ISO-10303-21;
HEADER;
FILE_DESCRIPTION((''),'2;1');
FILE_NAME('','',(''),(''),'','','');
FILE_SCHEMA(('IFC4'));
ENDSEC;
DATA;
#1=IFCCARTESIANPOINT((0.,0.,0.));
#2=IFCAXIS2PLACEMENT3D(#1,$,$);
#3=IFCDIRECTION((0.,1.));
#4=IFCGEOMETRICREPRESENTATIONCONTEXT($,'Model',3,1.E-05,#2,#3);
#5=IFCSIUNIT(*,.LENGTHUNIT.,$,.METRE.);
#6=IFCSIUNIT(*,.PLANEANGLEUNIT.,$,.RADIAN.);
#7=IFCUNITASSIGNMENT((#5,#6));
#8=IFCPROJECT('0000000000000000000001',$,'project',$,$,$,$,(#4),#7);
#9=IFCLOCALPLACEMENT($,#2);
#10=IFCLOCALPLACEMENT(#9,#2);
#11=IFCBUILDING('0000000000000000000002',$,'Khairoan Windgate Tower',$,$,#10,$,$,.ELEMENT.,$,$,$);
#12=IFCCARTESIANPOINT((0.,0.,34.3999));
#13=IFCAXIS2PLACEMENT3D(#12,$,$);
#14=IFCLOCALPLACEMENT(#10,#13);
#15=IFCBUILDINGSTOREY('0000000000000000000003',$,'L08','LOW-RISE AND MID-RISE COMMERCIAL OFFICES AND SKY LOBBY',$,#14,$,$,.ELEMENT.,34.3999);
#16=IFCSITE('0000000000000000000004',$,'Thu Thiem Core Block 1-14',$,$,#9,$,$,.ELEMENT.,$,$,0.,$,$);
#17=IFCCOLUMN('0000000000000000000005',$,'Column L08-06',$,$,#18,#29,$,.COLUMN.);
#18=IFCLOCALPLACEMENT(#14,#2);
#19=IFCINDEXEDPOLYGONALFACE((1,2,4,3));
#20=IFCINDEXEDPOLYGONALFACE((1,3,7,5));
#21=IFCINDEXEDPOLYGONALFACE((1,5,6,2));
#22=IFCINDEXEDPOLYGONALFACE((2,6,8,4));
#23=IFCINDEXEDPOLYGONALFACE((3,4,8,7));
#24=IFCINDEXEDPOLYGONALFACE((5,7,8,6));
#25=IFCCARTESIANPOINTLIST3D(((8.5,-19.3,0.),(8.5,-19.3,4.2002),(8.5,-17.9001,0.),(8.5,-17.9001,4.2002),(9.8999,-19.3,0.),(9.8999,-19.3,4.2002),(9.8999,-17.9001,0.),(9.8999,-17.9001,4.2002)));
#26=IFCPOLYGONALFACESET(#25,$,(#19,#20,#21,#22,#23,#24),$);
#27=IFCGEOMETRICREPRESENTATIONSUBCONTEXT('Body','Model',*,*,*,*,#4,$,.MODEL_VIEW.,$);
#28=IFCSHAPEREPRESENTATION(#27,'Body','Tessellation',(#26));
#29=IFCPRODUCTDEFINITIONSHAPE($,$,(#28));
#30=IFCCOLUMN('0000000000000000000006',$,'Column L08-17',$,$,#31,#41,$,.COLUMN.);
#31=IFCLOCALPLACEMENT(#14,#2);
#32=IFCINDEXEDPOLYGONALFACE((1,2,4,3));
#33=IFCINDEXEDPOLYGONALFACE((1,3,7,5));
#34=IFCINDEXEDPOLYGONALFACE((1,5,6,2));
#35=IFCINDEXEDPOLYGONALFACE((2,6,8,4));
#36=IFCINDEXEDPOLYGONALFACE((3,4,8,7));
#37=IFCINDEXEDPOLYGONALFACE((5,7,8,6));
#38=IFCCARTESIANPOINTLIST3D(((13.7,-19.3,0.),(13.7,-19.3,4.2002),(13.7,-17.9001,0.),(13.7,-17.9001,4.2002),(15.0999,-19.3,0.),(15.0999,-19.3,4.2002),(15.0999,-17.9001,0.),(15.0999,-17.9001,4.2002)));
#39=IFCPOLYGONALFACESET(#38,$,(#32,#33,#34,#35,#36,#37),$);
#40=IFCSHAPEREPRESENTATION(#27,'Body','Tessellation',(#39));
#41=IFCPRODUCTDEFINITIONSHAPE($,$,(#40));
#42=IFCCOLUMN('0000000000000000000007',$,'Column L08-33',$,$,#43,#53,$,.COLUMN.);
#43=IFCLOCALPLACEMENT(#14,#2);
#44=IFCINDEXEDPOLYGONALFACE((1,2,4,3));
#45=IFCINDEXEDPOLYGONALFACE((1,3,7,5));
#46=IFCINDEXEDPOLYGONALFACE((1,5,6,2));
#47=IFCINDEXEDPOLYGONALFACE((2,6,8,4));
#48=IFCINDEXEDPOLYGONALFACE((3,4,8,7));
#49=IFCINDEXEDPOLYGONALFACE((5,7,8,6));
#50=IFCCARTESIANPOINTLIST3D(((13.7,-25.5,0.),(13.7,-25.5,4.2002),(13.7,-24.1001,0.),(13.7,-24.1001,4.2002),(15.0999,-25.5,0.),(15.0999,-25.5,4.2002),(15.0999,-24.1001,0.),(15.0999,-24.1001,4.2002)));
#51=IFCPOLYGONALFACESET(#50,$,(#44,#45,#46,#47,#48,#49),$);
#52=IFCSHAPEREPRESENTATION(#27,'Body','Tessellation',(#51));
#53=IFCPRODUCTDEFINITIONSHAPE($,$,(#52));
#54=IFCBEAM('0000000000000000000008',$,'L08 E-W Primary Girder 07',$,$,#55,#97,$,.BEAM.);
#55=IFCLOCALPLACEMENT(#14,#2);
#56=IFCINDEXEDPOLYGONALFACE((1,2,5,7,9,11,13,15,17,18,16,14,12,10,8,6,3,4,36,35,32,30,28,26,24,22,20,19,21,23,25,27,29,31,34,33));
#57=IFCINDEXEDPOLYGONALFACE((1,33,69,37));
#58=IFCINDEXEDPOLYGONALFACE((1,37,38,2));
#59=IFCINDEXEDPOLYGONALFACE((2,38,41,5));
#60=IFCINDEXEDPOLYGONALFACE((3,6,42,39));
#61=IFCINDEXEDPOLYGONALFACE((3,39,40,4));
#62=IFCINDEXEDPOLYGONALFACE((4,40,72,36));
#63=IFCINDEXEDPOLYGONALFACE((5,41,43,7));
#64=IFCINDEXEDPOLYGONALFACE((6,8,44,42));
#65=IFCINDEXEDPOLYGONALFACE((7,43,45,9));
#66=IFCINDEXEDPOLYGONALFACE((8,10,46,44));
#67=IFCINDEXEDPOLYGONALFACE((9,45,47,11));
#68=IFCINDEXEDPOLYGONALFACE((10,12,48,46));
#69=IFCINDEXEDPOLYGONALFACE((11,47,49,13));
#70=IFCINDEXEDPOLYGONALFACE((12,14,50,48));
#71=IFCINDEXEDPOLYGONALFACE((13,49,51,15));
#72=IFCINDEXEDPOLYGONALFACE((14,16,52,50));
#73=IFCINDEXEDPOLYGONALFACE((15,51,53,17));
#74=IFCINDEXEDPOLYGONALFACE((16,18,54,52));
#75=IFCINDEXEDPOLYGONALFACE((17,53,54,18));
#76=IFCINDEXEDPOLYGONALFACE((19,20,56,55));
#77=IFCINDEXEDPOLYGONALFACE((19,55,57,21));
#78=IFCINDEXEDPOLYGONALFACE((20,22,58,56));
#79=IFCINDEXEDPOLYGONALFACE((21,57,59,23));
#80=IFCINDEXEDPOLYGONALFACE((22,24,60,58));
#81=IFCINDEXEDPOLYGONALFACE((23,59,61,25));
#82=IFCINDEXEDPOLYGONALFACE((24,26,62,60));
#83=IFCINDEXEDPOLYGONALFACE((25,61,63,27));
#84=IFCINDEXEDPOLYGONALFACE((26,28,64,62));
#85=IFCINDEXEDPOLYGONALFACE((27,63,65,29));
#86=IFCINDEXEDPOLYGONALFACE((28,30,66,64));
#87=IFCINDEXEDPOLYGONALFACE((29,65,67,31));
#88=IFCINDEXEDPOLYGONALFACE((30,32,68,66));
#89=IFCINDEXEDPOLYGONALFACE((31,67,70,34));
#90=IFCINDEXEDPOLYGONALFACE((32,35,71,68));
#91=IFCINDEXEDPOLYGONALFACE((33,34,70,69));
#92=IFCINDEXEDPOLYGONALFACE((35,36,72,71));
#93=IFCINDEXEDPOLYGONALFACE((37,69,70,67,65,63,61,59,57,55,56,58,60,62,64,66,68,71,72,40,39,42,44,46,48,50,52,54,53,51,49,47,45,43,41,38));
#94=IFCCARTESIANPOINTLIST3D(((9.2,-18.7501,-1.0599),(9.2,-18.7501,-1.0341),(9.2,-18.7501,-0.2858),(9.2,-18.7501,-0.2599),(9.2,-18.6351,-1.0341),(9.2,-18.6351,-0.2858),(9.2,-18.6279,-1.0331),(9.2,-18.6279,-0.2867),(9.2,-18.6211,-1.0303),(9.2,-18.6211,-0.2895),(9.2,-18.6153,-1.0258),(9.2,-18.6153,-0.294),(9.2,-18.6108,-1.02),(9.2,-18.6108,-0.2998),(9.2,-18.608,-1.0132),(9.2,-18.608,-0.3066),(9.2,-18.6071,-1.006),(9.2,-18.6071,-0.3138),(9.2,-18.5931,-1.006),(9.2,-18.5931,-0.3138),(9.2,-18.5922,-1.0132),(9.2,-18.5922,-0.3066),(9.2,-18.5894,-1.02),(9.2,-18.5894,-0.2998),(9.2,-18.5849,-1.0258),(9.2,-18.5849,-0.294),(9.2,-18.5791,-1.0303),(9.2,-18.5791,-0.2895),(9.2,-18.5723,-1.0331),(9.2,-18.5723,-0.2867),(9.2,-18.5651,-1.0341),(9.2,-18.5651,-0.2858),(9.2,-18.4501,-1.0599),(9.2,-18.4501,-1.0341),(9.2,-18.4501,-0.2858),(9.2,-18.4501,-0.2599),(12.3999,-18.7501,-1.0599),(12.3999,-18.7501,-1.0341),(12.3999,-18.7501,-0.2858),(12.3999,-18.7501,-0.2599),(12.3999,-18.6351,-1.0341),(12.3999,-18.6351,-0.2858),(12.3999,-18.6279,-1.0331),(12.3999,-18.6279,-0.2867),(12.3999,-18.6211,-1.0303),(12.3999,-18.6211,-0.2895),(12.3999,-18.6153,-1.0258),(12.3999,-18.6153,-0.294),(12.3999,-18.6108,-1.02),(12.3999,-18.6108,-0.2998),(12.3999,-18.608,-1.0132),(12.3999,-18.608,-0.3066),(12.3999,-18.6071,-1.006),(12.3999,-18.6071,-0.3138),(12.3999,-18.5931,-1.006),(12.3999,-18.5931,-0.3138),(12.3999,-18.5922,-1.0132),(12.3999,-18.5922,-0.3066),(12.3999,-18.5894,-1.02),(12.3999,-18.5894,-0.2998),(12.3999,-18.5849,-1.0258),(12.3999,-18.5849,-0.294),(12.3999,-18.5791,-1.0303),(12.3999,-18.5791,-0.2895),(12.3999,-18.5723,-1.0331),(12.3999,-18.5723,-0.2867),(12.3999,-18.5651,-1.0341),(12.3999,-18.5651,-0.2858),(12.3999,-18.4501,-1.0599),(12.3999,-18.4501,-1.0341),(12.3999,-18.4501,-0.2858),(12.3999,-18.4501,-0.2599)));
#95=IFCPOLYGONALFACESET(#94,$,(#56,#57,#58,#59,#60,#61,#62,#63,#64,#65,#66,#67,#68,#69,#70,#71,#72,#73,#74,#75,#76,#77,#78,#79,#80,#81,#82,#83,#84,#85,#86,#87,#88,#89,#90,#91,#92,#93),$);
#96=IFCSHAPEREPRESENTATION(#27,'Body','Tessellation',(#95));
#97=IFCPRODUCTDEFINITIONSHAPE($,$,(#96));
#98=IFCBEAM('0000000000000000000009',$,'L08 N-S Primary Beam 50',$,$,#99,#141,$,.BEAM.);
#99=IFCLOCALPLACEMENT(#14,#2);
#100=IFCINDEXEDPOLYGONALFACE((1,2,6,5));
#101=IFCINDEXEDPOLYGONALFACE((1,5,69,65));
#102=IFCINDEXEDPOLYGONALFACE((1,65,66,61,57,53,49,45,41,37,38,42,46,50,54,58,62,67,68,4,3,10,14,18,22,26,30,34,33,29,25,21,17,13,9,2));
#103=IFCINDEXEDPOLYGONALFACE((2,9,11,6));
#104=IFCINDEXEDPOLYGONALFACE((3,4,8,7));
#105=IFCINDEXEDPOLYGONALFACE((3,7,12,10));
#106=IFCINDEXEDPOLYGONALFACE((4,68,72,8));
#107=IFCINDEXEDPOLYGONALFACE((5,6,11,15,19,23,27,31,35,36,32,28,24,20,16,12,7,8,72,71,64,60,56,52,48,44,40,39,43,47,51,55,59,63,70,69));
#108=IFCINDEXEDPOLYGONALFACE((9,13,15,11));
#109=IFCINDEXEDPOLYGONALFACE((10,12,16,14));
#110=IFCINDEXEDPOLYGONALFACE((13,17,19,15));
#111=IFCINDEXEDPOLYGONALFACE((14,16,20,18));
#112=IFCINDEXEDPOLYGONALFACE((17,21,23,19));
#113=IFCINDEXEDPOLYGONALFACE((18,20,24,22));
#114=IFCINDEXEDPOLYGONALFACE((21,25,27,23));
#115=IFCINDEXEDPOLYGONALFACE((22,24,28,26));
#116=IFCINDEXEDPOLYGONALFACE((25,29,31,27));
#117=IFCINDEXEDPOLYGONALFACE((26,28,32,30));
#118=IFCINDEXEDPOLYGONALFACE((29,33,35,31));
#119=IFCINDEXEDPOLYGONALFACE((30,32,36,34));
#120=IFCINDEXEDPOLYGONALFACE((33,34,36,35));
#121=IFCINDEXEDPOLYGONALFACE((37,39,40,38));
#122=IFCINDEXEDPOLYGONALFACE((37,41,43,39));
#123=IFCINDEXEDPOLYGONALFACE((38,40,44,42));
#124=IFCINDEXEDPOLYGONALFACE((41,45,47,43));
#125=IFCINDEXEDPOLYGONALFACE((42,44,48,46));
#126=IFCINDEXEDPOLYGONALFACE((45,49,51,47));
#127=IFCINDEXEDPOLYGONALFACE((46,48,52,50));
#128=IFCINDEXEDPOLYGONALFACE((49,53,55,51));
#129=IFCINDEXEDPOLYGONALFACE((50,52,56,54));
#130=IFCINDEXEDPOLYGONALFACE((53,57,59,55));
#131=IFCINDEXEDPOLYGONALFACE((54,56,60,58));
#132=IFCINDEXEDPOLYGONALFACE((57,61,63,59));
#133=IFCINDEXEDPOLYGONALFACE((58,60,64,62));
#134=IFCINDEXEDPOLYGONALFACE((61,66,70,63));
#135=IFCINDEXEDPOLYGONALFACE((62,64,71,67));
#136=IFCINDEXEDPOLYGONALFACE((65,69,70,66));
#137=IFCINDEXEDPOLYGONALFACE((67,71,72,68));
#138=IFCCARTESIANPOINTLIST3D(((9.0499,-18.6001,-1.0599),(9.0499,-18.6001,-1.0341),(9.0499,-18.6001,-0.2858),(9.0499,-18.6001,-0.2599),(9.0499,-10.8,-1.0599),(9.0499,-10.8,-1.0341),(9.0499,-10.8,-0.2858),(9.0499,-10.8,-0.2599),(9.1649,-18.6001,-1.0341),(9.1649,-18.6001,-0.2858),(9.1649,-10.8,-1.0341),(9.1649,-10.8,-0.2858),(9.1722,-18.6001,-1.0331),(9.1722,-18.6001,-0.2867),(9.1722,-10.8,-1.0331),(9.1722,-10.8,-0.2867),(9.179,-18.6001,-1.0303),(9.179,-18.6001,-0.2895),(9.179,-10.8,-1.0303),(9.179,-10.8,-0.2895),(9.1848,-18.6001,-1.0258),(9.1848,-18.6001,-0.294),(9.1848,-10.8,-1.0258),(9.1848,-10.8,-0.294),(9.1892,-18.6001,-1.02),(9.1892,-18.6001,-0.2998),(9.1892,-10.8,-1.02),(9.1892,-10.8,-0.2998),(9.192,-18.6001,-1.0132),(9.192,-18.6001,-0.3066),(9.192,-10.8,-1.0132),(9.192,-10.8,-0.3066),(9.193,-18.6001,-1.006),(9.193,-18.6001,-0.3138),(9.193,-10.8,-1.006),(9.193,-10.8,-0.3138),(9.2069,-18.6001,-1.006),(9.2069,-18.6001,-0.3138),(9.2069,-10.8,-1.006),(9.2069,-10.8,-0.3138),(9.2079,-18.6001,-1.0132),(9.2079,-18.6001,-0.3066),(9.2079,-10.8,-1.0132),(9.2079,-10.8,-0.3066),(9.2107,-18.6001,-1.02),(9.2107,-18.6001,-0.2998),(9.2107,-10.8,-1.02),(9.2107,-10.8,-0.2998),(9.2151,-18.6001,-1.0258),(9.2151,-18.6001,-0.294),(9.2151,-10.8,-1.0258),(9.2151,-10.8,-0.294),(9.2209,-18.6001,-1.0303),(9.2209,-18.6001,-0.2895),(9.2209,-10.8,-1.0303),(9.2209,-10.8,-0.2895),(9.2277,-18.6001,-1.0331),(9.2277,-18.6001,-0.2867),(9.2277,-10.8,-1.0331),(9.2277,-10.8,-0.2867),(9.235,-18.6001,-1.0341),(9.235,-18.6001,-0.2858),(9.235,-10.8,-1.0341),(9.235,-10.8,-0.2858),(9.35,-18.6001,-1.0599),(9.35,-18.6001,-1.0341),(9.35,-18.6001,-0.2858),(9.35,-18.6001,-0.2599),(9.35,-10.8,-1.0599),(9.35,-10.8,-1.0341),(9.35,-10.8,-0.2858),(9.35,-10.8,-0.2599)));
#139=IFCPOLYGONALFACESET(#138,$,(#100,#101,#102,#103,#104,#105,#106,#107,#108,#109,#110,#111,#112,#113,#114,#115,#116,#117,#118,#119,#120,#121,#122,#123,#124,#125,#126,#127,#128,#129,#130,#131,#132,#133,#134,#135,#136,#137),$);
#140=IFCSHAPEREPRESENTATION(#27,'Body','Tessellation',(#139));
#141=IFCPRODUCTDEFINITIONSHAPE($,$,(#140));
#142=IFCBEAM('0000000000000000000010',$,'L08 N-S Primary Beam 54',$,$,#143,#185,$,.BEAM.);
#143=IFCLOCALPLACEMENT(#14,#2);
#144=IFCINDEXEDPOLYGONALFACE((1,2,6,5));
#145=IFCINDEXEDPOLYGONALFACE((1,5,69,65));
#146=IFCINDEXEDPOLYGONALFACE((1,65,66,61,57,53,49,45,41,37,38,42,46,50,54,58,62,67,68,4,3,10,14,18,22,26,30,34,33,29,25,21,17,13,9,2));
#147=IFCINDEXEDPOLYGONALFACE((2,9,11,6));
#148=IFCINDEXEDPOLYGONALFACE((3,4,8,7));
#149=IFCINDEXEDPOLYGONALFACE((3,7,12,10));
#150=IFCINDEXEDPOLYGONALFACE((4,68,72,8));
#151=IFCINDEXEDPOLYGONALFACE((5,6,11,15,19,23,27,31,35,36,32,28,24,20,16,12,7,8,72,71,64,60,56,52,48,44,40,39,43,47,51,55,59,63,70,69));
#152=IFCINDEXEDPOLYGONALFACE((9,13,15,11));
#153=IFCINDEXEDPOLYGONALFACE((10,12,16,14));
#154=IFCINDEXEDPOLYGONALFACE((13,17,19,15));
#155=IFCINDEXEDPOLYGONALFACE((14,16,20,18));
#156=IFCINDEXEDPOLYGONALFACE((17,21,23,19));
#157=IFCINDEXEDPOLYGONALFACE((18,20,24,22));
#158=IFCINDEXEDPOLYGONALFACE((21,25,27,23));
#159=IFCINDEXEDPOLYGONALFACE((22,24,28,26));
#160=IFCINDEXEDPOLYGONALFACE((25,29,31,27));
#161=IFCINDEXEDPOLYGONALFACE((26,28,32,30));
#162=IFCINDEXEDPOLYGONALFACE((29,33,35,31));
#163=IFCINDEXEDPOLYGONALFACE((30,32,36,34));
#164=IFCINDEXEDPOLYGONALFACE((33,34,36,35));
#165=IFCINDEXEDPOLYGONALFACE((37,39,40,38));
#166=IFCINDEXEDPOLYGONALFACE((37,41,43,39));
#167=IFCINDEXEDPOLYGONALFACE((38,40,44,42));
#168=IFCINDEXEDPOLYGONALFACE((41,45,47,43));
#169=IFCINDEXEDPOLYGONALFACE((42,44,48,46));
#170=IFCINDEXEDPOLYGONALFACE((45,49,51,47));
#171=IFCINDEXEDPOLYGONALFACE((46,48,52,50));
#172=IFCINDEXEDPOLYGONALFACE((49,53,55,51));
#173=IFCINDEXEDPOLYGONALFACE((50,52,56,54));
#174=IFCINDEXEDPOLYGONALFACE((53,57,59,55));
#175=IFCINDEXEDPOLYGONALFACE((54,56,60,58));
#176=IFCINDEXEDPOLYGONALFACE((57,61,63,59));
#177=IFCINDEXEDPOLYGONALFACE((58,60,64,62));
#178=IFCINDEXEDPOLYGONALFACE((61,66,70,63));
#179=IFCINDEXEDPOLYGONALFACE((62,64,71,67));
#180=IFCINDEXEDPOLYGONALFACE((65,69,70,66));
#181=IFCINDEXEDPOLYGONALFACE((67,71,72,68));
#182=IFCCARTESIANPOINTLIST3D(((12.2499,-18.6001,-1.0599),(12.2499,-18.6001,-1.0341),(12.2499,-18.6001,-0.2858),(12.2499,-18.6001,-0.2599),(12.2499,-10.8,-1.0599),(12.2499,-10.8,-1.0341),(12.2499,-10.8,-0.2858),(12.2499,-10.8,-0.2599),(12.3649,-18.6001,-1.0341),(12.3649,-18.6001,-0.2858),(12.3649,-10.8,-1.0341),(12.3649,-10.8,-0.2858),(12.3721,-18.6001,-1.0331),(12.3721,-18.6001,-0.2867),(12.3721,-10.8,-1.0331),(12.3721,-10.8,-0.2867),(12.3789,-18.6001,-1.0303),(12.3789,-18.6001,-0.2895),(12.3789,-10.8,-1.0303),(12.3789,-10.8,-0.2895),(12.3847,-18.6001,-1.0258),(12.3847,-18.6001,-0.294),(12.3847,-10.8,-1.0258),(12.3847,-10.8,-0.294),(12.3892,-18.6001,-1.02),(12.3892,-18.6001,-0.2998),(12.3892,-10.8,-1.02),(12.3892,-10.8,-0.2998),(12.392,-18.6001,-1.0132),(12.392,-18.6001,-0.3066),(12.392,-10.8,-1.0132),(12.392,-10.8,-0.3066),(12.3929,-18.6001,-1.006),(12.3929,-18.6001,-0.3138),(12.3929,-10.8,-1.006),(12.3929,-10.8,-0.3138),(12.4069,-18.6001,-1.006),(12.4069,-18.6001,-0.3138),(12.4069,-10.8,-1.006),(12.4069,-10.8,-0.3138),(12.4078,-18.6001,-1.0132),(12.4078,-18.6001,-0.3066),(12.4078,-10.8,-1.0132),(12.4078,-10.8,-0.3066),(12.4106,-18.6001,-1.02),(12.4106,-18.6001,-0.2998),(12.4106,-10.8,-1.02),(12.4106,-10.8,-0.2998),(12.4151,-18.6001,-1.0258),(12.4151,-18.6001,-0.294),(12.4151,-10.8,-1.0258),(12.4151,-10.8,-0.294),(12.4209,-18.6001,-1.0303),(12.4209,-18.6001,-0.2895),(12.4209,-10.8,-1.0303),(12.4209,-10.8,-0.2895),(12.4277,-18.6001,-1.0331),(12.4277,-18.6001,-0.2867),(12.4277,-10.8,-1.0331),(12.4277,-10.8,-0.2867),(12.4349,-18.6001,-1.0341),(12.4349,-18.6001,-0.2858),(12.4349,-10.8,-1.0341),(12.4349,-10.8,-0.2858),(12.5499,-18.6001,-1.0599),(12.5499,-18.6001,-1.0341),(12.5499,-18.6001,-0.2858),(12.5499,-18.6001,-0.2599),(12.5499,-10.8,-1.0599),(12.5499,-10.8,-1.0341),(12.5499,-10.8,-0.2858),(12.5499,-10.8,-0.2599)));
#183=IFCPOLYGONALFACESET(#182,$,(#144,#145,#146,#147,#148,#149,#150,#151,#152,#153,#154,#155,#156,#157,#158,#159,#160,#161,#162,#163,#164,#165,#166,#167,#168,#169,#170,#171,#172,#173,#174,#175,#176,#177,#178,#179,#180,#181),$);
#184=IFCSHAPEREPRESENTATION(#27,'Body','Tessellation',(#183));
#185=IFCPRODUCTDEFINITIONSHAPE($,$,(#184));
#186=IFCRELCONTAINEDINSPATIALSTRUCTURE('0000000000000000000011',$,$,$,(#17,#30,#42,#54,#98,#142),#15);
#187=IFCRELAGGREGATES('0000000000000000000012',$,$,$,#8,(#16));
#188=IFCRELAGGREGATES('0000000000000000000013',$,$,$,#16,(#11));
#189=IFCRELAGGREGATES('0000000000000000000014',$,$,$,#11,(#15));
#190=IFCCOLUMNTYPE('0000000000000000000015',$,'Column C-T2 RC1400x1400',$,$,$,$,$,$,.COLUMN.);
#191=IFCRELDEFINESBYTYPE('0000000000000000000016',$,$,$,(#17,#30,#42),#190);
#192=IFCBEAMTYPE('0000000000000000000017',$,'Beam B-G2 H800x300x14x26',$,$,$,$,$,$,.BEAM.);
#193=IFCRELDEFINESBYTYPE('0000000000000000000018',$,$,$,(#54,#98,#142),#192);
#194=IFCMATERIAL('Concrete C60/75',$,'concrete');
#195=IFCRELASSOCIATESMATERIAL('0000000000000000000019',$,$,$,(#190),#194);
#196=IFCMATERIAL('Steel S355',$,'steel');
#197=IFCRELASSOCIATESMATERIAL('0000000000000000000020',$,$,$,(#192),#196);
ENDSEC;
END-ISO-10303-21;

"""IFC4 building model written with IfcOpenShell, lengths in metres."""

from ifc_helpers import new_model, si_unit, direction, frame, origin, origin_2d, place, context, subcontext, project, spatial, rectangle, i_section, extrude, material, material_profile, profile_set, type_object, element, save


model = new_model("IFC4")

# Units and contexts
model_context = context("Model", 3, precision=1e-05, world=origin(), true_north=direction((0.0, 1.0)))
body_context = subcontext(model_context, "Body", "Model", "MODEL_VIEW")
ifc_project = project(units=[si_unit("LENGTHUNIT", "METRE"), si_unit("PLANEANGLEUNIT", "RADIAN")], contexts=[model_context])

# Site, building, storey
site_placement = place(None, origin())
site = spatial("IfcSite", under=ifc_project, at=site_placement, Name="Thu Thiem Core Block 1-14", CompositionType="ELEMENT", RefElevation=0.0)
building_placement = place(site_placement, origin())
building = spatial("IfcBuilding", under=site, at=building_placement, Name="Khairoan Windgate Tower", CompositionType="ELEMENT")
storey_placement = place(building_placement, frame((0.0, 0.0, 34.3999)))
storey = spatial("IfcBuildingStorey", under=building, at=storey_placement, Name="L08", Description="LOW-RISE AND MID-RISE COMMERCIAL OFFICES AND SKY LOBBY", CompositionType="ELEMENT", Elevation=34.3999)

# Columns
ifc_material_1 = material(Name="Concrete C60/75", Category="concrete")
ifc_material_profile_1 = material_profile(ifc_material_1, rectangle(XDim=1.3999, YDim=1.3999, at=origin_2d()))
ifc_profile_set_1 = profile_set([ifc_material_profile_1], Name="Concrete C60/75")
column_type = type_object("IfcColumnType", Name="Column C-T2 RC1400x1400", PredefinedType="COLUMN", material=ifc_profile_set_1)
for number, where, z_axis, x_axis, name in (
    (1, (9.2, -18.6001, 0.0), (0.0, 0.0, 1.0), (1.0, 0.0, 0.0), "Column L08-06"),
    (2, (14.3999, -18.6001, 0.0), (0.0, 0.0, 1.0), (1.0, 0.0, 0.0), "Column L08-17"),
    (3, (14.3999, -24.8, 0.0), (0.0, 0.0, 1.0), (1.0, 0.0, 0.0), "Column L08-33"),
):
    element("IfcColumn", number, at=place(storey_placement, frame(where, z_axis=z_axis, x_axis=x_axis)), inside=storey, type_object=column_type, Name=name, PredefinedType="COLUMN", context=body_context, shape_type="SweptSolid", body=[
        extrude(rectangle(XDim=1.3999, YDim=1.3999, at=origin_2d()), origin(), (0.0, 0.0, 1.0), 4.2002),
    ])

# Beams
ifc_material_2 = material(Name="Steel S355", Category="steel")
ifc_material_profile_2 = material_profile(ifc_material_2, i_section(OverallWidth=0.3, OverallDepth=0.8, WebThickness=0.0139, FlangeThickness=0.0259, FilletRadius=0.0281, at=origin_2d()))
ifc_profile_set_2 = profile_set([ifc_material_profile_2], Name="Steel S355")
beam_type_1 = type_object("IfcBeamType", Name="Beam B-G2 H800x300x14x26", PredefinedType="BEAM", material=ifc_profile_set_2)
beam_1_placement = place(storey_placement, frame((9.2, -18.6001, -0.6599), z_axis=(1.0, 0.0, 0.0), x_axis=(0.0, 1.0, 0.0)))
element("IfcBeam", 4, at=beam_1_placement, inside=storey, type_object=beam_type_1, Name="L08 E-W Primary Girder 07", PredefinedType="BEAM", context=body_context, shape_type="SweptSolid", body=[
    extrude(i_section(OverallWidth=0.3, OverallDepth=0.8, WebThickness=0.0139, FlangeThickness=0.0259, FilletRadius=0.0281, at=origin_2d()), origin(), (0.0, 0.0, 1.0), 3.2),
])
for number, where, z_axis, x_axis, name in (
    (5, (9.2, -18.6001, -0.6599), (0.0, 1.0, 0.0), (-1.0, 0.0, 0.0), "L08 N-S Primary Beam 50"),
    (6, (12.3999, -18.6001, -0.6599), (0.0, 1.0, 0.0), (-1.0, 0.0, 0.0), "L08 N-S Primary Beam 54"),
):
    element("IfcBeam", number, at=place(storey_placement, frame(where, z_axis=z_axis, x_axis=x_axis)), inside=storey, type_object=beam_type_1, Name=name, PredefinedType="BEAM", context=body_context, shape_type="SweptSolid", body=[
        extrude(i_section(OverallWidth=0.3, OverallDepth=0.8, WebThickness=0.0139, FlangeThickness=0.0259, FilletRadius=0.0281, at=origin_2d()), origin(), (0.0, 0.0, 1.0), 7.8),
    ])

save(model, "model.ifc")
